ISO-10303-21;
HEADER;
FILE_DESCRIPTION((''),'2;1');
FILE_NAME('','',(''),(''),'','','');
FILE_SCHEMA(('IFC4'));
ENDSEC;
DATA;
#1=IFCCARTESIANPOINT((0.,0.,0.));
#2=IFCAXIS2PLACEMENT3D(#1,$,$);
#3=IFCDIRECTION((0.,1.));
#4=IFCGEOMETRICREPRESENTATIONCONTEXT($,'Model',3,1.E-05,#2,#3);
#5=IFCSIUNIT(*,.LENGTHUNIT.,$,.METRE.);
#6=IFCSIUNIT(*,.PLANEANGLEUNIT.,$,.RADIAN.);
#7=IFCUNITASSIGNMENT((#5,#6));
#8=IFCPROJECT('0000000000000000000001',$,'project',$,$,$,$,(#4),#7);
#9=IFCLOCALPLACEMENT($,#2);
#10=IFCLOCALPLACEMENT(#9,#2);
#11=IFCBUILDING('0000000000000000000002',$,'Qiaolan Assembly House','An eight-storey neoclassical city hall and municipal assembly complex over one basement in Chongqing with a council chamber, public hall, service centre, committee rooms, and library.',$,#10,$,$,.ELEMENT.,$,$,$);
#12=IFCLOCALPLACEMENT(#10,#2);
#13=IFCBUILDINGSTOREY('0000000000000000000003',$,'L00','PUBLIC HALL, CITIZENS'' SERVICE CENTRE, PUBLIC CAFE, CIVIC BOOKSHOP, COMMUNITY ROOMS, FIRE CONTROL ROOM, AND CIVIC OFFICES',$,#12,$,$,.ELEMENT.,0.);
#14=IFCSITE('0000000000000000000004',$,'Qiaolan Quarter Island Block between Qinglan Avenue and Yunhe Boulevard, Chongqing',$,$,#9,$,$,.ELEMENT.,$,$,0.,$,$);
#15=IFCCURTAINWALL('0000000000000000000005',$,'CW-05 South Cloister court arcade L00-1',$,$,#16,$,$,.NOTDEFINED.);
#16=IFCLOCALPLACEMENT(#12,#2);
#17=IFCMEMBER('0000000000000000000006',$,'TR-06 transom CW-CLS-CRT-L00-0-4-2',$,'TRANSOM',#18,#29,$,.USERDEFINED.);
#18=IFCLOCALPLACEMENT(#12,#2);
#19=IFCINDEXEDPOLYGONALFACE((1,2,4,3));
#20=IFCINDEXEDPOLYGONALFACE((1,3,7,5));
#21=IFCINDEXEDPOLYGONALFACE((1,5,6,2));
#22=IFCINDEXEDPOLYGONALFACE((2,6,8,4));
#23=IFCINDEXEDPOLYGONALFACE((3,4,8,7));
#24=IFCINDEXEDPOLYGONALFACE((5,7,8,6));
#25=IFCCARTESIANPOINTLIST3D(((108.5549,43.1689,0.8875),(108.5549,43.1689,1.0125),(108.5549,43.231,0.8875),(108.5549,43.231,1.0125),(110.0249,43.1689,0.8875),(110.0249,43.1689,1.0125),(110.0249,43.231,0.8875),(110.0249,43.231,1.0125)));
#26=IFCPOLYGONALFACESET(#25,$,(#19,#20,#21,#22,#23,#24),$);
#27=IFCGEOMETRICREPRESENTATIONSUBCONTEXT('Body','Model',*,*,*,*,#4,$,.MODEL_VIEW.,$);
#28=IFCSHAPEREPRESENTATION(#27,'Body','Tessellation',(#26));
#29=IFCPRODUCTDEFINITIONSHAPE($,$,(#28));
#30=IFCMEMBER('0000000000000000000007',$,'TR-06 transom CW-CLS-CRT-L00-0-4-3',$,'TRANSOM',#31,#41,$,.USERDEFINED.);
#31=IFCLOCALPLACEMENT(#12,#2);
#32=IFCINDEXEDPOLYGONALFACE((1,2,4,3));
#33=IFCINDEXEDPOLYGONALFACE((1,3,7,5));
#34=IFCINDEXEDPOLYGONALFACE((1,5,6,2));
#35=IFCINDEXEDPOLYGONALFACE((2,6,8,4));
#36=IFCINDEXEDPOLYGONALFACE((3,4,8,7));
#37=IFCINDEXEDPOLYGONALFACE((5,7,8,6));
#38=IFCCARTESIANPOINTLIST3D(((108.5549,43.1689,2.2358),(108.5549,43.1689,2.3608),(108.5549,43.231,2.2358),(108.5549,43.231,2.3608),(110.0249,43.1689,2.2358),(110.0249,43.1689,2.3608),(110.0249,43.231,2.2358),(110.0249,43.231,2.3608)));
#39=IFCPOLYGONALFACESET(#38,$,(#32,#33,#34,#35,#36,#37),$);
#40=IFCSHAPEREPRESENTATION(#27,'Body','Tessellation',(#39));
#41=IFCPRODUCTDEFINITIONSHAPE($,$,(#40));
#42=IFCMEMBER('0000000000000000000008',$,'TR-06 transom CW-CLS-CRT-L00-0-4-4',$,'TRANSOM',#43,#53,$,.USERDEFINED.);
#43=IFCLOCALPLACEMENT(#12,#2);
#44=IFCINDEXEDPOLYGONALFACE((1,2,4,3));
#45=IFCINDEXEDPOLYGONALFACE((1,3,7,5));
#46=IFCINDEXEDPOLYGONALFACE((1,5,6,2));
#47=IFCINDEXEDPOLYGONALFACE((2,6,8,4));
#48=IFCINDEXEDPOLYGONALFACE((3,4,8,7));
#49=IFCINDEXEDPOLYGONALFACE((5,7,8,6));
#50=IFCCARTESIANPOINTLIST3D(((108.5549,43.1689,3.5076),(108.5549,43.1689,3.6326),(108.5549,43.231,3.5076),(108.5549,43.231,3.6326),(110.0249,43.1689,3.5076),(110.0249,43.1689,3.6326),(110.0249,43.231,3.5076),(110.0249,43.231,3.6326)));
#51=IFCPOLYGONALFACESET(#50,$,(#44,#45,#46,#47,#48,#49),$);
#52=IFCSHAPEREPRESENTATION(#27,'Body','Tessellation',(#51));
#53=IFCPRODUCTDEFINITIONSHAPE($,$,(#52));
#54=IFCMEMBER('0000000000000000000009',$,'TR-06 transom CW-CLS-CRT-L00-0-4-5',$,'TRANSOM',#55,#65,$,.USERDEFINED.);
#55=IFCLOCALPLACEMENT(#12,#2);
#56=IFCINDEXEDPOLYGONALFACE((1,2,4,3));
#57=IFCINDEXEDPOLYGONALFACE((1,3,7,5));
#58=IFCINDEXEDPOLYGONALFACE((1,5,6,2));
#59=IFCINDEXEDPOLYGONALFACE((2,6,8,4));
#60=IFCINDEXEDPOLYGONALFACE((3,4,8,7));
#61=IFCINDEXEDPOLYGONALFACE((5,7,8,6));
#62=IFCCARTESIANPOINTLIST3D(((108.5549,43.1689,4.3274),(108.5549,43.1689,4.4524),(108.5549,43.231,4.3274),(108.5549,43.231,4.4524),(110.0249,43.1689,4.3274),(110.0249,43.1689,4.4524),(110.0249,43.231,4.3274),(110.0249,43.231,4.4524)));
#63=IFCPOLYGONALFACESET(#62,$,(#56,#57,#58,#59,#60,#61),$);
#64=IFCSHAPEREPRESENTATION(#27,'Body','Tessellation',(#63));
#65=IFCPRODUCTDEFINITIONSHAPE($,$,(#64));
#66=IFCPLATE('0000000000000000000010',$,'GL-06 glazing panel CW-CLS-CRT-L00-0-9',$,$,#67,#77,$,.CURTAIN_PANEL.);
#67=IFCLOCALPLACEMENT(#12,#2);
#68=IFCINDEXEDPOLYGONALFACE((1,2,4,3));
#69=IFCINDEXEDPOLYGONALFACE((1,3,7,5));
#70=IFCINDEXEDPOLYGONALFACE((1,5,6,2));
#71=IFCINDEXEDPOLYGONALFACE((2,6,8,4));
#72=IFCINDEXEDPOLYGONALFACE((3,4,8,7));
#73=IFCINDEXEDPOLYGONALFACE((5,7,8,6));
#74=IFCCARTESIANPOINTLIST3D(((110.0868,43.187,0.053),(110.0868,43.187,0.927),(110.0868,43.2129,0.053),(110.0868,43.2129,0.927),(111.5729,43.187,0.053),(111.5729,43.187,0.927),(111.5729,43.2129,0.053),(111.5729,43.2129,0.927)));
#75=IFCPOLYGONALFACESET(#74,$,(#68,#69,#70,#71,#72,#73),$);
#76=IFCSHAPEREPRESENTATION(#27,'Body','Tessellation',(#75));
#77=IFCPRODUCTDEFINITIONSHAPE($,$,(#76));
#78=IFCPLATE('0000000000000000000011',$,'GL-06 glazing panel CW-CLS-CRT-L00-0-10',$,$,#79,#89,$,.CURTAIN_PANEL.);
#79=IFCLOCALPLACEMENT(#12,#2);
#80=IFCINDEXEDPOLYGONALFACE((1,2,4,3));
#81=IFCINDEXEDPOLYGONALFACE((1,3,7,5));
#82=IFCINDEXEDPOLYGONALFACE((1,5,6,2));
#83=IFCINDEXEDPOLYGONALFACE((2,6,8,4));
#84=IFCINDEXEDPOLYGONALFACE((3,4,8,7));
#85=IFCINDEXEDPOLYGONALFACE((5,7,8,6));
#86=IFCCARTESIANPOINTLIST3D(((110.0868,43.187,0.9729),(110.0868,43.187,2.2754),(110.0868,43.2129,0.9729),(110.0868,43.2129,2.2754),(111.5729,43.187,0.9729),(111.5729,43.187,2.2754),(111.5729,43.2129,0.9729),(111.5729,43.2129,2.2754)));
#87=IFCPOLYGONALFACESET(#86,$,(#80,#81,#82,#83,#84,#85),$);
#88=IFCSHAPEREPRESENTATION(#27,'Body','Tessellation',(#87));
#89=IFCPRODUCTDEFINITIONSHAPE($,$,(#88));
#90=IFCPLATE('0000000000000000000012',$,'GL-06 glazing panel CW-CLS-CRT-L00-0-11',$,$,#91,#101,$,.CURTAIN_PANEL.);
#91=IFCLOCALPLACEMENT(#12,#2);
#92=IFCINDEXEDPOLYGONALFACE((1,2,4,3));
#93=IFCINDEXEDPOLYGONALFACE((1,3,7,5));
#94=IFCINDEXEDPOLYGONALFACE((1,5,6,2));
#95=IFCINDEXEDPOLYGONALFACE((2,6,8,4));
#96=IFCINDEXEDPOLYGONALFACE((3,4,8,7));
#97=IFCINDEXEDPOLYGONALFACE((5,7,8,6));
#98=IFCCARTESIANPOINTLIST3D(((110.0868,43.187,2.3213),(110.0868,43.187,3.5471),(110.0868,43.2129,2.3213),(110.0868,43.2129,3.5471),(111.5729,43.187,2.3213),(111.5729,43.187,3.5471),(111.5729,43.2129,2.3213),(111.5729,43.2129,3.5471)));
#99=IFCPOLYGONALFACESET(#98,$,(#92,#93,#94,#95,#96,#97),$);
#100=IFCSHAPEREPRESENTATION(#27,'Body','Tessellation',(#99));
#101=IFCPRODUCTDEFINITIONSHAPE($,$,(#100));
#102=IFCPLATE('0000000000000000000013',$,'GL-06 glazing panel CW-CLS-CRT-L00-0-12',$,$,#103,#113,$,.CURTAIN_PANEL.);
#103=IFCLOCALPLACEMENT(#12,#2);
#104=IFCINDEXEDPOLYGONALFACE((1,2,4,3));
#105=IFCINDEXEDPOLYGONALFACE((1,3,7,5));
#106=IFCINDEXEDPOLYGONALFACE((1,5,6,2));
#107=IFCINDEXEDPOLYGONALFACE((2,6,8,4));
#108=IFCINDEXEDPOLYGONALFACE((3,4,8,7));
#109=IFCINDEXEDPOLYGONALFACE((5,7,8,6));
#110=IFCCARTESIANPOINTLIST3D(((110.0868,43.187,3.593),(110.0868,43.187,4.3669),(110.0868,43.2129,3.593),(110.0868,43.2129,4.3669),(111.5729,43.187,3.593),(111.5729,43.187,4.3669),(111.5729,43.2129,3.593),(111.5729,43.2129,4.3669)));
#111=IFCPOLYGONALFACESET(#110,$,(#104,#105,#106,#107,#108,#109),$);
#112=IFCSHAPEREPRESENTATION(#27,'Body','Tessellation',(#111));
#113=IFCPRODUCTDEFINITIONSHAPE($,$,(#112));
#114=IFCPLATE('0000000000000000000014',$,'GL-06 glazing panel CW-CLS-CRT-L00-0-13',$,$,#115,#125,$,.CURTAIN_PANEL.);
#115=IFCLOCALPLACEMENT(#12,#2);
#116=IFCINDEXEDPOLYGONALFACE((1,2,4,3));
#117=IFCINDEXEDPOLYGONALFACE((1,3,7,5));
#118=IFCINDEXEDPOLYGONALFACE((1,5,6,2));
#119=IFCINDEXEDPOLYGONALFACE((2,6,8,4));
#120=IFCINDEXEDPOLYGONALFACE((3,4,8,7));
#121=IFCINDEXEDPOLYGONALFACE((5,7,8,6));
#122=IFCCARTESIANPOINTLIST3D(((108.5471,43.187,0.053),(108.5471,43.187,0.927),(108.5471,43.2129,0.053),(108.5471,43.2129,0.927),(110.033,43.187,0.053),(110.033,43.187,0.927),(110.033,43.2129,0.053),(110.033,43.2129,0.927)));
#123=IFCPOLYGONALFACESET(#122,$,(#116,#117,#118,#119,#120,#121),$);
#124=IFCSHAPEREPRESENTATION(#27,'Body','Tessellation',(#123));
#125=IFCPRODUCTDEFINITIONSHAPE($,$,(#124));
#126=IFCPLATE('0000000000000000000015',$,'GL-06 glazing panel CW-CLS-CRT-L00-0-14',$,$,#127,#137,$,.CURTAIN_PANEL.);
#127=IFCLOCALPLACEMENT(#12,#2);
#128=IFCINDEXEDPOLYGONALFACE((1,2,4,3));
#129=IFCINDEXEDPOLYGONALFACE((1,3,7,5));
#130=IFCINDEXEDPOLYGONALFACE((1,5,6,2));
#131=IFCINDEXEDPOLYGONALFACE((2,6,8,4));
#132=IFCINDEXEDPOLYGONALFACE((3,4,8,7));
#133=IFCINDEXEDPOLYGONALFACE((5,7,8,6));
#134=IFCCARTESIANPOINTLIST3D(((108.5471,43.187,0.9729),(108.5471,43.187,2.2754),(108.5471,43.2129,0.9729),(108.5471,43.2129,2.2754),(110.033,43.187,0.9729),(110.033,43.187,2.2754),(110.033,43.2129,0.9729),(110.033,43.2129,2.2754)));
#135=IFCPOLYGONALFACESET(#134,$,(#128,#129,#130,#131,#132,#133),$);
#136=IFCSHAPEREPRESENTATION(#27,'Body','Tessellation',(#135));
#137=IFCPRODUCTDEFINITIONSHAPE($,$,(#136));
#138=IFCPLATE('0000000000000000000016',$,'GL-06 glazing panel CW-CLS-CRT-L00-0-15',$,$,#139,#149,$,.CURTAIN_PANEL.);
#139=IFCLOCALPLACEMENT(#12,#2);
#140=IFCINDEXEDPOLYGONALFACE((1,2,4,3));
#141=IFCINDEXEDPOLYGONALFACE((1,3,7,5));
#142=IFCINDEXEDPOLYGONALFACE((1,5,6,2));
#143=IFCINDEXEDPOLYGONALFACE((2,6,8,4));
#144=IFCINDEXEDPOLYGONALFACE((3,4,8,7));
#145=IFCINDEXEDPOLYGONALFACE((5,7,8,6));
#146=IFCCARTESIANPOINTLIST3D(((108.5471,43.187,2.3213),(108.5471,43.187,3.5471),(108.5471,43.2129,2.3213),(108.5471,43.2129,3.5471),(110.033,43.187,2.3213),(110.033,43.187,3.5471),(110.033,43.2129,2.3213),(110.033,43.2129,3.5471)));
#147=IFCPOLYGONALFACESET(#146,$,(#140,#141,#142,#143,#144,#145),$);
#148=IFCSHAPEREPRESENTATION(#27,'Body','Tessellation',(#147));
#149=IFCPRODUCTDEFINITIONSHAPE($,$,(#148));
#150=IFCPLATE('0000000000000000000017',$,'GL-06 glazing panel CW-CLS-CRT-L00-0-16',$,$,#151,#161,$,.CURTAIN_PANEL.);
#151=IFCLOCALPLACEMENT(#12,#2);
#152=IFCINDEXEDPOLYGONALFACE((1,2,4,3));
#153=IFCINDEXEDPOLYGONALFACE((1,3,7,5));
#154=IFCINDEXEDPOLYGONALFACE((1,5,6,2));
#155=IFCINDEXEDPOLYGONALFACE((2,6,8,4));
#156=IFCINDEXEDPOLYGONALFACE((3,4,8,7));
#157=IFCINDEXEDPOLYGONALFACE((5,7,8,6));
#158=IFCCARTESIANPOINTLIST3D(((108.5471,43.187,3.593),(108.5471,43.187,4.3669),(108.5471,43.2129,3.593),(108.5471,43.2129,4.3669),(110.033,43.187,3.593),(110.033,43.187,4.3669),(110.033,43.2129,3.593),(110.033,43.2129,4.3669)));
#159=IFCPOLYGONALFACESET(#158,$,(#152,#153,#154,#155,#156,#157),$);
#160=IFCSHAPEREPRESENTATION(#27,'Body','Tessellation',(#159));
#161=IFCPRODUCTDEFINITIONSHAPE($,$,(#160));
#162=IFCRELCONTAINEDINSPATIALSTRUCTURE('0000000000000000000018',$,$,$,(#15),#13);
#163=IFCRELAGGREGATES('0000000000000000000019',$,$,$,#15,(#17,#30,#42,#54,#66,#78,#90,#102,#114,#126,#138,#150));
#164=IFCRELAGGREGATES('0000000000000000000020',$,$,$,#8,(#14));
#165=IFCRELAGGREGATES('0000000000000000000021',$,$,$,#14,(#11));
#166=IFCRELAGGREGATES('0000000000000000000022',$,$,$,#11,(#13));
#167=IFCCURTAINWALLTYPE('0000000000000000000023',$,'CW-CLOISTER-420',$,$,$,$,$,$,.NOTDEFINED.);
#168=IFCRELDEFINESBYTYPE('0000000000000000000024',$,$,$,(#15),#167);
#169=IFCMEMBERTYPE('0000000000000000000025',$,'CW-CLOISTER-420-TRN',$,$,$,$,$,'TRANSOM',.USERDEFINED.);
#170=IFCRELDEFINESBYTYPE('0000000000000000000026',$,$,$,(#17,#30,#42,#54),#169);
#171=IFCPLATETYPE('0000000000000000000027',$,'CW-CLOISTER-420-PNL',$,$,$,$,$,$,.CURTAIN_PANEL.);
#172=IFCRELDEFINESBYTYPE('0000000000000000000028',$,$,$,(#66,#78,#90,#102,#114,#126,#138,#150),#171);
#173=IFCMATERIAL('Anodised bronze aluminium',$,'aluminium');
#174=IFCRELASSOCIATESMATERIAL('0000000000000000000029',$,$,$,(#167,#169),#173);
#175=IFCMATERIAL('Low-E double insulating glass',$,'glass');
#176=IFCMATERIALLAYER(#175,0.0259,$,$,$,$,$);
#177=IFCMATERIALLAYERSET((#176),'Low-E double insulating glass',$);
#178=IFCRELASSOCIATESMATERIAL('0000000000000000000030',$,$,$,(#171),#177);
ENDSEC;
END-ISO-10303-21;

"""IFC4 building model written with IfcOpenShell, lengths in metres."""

from ifc_helpers import new_model, si_unit, direction, frame, frame_2d, origin, origin_2d, place, context, subcontext, project, spatial, rectangle, extrude, material, layer, layer_set, material_profile, profile_set, type_object, element, aggregate, save


model = new_model("IFC4")

# Units and contexts
model_context = context("Model", 3, precision=1e-05, world=origin(), true_north=direction((0.0, 1.0)))
body_context = subcontext(model_context, "Body", "Model", "MODEL_VIEW")
ifc_project = project(units=[si_unit("LENGTHUNIT", "METRE"), si_unit("PLANEANGLEUNIT", "RADIAN")], contexts=[model_context])

# Site, building, storey
site_placement = place(None, origin())
site = spatial("IfcSite", under=ifc_project, at=site_placement, Name="Qiaolan Quarter Island Block between Qinglan Avenue and Yunhe Boulevard, Chongqing", CompositionType="ELEMENT", RefElevation=0.0)
building_placement = place(site_placement, origin())
building = spatial("IfcBuilding", under=site, at=building_placement, Name="Qiaolan Assembly House", Description="An eight-storey neoclassical city hall and municipal assembly complex over one basement in Chongqing with a council chamber, public hall, service centre, committee rooms, and library.", CompositionType="ELEMENT")
storey_placement = place(building_placement, origin())
storey = spatial("IfcBuildingStorey", under=building, at=storey_placement, Name="L00", Description="PUBLIC HALL, CITIZENS' SERVICE CENTRE, PUBLIC CAFE, CIVIC BOOKSHOP, COMMUNITY ROOMS, FIRE CONTROL ROOM, AND CIVIC OFFICES", CompositionType="ELEMENT", Elevation=0.0)

# Curtain wall, members, plates
ifc_material_1 = material(Name="Anodised bronze aluminium", Category="aluminium")
curtain_wall_type = type_object("IfcCurtainWallType", Name="CW-CLOISTER-420", PredefinedType="NOTDEFINED", material=ifc_material_1)
curtain_wall_placement = place(storey_placement, origin())
curtain_wall = element("IfcCurtainWall", 1, at=curtain_wall_placement, inside=storey, type_object=curtain_wall_type, Name="CW-05 South Cloister court arcade L00-1", PredefinedType="NOTDEFINED")
ifc_material_profile_1 = material_profile(ifc_material_1, rectangle(XDim=0.062, YDim=0.125, at=origin_2d()), Name="TRN 62x125")
ifc_profile_set_1 = profile_set([ifc_material_profile_1], Name="Anodised bronze aluminium")
member_type_1 = type_object("IfcMemberType", Name="CW-CLOISTER-420-TRN", ElementType="TRANSOM", PredefinedType="USERDEFINED", material=ifc_profile_set_1)
member_1_placement = place(storey_placement, frame((110.0249, 43.2, 0.95), z_axis=(-1.0, 0.0, 0.0), x_axis=(0.0, -1.0, 0.0)))
member_1 = element("IfcMember", 2, at=member_1_placement, type_object=member_type_1, Name="TR-06 transom CW-CLS-CRT-L00-0-4-2", ObjectType="TRANSOM", PredefinedType="USERDEFINED", context=body_context, shape_type="SweptSolid", body=[
    extrude(rectangle(XDim=0.062, YDim=0.125, at=origin_2d()), origin(), (0.0, 0.0, 1.0), 1.47),
])
member_2_placement = place(storey_placement, frame((110.0249, 43.2, 2.2983), z_axis=(-1.0, 0.0, 0.0), x_axis=(0.0, -1.0, 0.0)))
member_2 = element("IfcMember", 3, at=member_2_placement, type_object=member_type_1, Name="TR-06 transom CW-CLS-CRT-L00-0-4-3", ObjectType="TRANSOM", PredefinedType="USERDEFINED", context=body_context, shape_type="SweptSolid", body=[
    extrude(rectangle(XDim=0.062, YDim=0.125, at=origin_2d()), origin(), (0.0, 0.0, 1.0), 1.47),
])
member_3_placement = place(storey_placement, frame((110.0249, 43.2, 3.5701), z_axis=(-1.0, 0.0, 0.0), x_axis=(0.0, -1.0, 0.0)))
member_3 = element("IfcMember", 4, at=member_3_placement, type_object=member_type_1, Name="TR-06 transom CW-CLS-CRT-L00-0-4-4", ObjectType="TRANSOM", PredefinedType="USERDEFINED", context=body_context, shape_type="SweptSolid", body=[
    extrude(rectangle(XDim=0.062, YDim=0.125, at=origin_2d()), origin(), (0.0, 0.0, 1.0), 1.47),
])
member_4_placement = place(storey_placement, frame((110.0249, 43.2, 4.3899), z_axis=(-1.0, 0.0, 0.0), x_axis=(0.0, -1.0, 0.0)))
member_4 = element("IfcMember", 5, at=member_4_placement, type_object=member_type_1, Name="TR-06 transom CW-CLS-CRT-L00-0-4-5", ObjectType="TRANSOM", PredefinedType="USERDEFINED", context=body_context, shape_type="SweptSolid", body=[
    extrude(rectangle(XDim=0.062, YDim=0.125, at=origin_2d()), origin(), (0.0, 0.0, 1.0), 1.47),
])
ifc_material_2 = material(Name="Low-E double insulating glass", Category="glass")
ifc_layer = layer(ifc_material_2, 0.0259)
ifc_layer_set = layer_set([ifc_layer], Name="Low-E double insulating glass")
plate_type = type_object("IfcPlateType", Name="CW-CLOISTER-420-PNL", PredefinedType="CURTAIN_PANEL", material=ifc_layer_set)
plate_1_placement = place(storey_placement, frame((111.573, 43.2, 0.053), z_axis=(0.0, 0.0, 1.0), x_axis=(-1.0, 0.0, 0.0)))
plate_1 = element("IfcPlate", 6, at=plate_1_placement, type_object=plate_type, Name="GL-06 glazing panel CW-CLS-CRT-L00-0-9", PredefinedType="CURTAIN_PANEL", context=body_context, shape_type="SweptSolid", body=[
    extrude(rectangle(XDim=1.4861, YDim=0.0259, at=frame_2d((0.7432, 0.0))), origin(), (0.0, 0.0, 1.0), 0.874),
])
plate_2_placement = place(storey_placement, frame((111.573, 43.2, 0.9729), z_axis=(0.0, 0.0, 1.0), x_axis=(-1.0, 0.0, 0.0)))
plate_2 = element("IfcPlate", 7, at=plate_2_placement, type_object=plate_type, Name="GL-06 glazing panel CW-CLS-CRT-L00-0-10", PredefinedType="CURTAIN_PANEL", context=body_context, shape_type="SweptSolid", body=[
    extrude(rectangle(XDim=1.4861, YDim=0.0259, at=frame_2d((0.7432, 0.0))), origin(), (0.0, 0.0, 1.0), 1.3025),
])
plate_3_placement = place(storey_placement, frame((111.573, 43.2, 2.3213), z_axis=(0.0, 0.0, 1.0), x_axis=(-1.0, 0.0, 0.0)))
plate_3 = element("IfcPlate", 8, at=plate_3_placement, type_object=plate_type, Name="GL-06 glazing panel CW-CLS-CRT-L00-0-11", PredefinedType="CURTAIN_PANEL", context=body_context, shape_type="SweptSolid", body=[
    extrude(rectangle(XDim=1.4861, YDim=0.0259, at=frame_2d((0.7432, 0.0))), origin(), (0.0, 0.0, 1.0), 1.2258),
])
plate_4_placement = place(storey_placement, frame((111.573, 43.2, 3.593), z_axis=(0.0, 0.0, 1.0), x_axis=(-1.0, 0.0, 0.0)))
plate_4 = element("IfcPlate", 9, at=plate_4_placement, type_object=plate_type, Name="GL-06 glazing panel CW-CLS-CRT-L00-0-12", PredefinedType="CURTAIN_PANEL", context=body_context, shape_type="SweptSolid", body=[
    extrude(rectangle(XDim=1.4861, YDim=0.0259, at=frame_2d((0.7432, 0.0))), origin(), (0.0, 0.0, 1.0), 0.7739),
])
plate_5_placement = place(storey_placement, frame((110.033, 43.2, 0.053), z_axis=(0.0, 0.0, 1.0), x_axis=(-1.0, 0.0, 0.0)))
plate_5 = element("IfcPlate", 10, at=plate_5_placement, type_object=plate_type, Name="GL-06 glazing panel CW-CLS-CRT-L00-0-13", PredefinedType="CURTAIN_PANEL", context=body_context, shape_type="SweptSolid", body=[
    extrude(rectangle(XDim=1.4858, YDim=0.0259, at=frame_2d((0.7429, 0.0))), origin(), (0.0, 0.0, 1.0), 0.874),
])
plate_6_placement = place(storey_placement, frame((110.033, 43.2, 0.9729), z_axis=(0.0, 0.0, 1.0), x_axis=(-1.0, 0.0, 0.0)))
plate_6 = element("IfcPlate", 11, at=plate_6_placement, type_object=plate_type, Name="GL-06 glazing panel CW-CLS-CRT-L00-0-14", PredefinedType="CURTAIN_PANEL", context=body_context, shape_type="SweptSolid", body=[
    extrude(rectangle(XDim=1.4858, YDim=0.0259, at=frame_2d((0.7429, 0.0))), origin(), (0.0, 0.0, 1.0), 1.3025),
])
plate_7_placement = place(storey_placement, frame((110.033, 43.2, 2.3213), z_axis=(0.0, 0.0, 1.0), x_axis=(-1.0, 0.0, 0.0)))
plate_7 = element("IfcPlate", 12, at=plate_7_placement, type_object=plate_type, Name="GL-06 glazing panel CW-CLS-CRT-L00-0-15", PredefinedType="CURTAIN_PANEL", context=body_context, shape_type="SweptSolid", body=[
    extrude(rectangle(XDim=1.4858, YDim=0.0259, at=frame_2d((0.7429, 0.0))), origin(), (0.0, 0.0, 1.0), 1.2258),
])
plate_8_placement = place(storey_placement, frame((110.033, 43.2, 3.593), z_axis=(0.0, 0.0, 1.0), x_axis=(-1.0, 0.0, 0.0)))
plate_8 = element("IfcPlate", 13, at=plate_8_placement, type_object=plate_type, Name="GL-06 glazing panel CW-CLS-CRT-L00-0-16", PredefinedType="CURTAIN_PANEL", context=body_context, shape_type="SweptSolid", body=[
    extrude(rectangle(XDim=1.4858, YDim=0.0259, at=frame_2d((0.7429, 0.0))), origin(), (0.0, 0.0, 1.0), 0.7739),
])
aggregate(curtain_wall, [member_1, member_2, member_3, member_4, plate_1, plate_2, plate_3, plate_4, plate_5, plate_6, plate_7, plate_8])

save(model, "model.ifc")
